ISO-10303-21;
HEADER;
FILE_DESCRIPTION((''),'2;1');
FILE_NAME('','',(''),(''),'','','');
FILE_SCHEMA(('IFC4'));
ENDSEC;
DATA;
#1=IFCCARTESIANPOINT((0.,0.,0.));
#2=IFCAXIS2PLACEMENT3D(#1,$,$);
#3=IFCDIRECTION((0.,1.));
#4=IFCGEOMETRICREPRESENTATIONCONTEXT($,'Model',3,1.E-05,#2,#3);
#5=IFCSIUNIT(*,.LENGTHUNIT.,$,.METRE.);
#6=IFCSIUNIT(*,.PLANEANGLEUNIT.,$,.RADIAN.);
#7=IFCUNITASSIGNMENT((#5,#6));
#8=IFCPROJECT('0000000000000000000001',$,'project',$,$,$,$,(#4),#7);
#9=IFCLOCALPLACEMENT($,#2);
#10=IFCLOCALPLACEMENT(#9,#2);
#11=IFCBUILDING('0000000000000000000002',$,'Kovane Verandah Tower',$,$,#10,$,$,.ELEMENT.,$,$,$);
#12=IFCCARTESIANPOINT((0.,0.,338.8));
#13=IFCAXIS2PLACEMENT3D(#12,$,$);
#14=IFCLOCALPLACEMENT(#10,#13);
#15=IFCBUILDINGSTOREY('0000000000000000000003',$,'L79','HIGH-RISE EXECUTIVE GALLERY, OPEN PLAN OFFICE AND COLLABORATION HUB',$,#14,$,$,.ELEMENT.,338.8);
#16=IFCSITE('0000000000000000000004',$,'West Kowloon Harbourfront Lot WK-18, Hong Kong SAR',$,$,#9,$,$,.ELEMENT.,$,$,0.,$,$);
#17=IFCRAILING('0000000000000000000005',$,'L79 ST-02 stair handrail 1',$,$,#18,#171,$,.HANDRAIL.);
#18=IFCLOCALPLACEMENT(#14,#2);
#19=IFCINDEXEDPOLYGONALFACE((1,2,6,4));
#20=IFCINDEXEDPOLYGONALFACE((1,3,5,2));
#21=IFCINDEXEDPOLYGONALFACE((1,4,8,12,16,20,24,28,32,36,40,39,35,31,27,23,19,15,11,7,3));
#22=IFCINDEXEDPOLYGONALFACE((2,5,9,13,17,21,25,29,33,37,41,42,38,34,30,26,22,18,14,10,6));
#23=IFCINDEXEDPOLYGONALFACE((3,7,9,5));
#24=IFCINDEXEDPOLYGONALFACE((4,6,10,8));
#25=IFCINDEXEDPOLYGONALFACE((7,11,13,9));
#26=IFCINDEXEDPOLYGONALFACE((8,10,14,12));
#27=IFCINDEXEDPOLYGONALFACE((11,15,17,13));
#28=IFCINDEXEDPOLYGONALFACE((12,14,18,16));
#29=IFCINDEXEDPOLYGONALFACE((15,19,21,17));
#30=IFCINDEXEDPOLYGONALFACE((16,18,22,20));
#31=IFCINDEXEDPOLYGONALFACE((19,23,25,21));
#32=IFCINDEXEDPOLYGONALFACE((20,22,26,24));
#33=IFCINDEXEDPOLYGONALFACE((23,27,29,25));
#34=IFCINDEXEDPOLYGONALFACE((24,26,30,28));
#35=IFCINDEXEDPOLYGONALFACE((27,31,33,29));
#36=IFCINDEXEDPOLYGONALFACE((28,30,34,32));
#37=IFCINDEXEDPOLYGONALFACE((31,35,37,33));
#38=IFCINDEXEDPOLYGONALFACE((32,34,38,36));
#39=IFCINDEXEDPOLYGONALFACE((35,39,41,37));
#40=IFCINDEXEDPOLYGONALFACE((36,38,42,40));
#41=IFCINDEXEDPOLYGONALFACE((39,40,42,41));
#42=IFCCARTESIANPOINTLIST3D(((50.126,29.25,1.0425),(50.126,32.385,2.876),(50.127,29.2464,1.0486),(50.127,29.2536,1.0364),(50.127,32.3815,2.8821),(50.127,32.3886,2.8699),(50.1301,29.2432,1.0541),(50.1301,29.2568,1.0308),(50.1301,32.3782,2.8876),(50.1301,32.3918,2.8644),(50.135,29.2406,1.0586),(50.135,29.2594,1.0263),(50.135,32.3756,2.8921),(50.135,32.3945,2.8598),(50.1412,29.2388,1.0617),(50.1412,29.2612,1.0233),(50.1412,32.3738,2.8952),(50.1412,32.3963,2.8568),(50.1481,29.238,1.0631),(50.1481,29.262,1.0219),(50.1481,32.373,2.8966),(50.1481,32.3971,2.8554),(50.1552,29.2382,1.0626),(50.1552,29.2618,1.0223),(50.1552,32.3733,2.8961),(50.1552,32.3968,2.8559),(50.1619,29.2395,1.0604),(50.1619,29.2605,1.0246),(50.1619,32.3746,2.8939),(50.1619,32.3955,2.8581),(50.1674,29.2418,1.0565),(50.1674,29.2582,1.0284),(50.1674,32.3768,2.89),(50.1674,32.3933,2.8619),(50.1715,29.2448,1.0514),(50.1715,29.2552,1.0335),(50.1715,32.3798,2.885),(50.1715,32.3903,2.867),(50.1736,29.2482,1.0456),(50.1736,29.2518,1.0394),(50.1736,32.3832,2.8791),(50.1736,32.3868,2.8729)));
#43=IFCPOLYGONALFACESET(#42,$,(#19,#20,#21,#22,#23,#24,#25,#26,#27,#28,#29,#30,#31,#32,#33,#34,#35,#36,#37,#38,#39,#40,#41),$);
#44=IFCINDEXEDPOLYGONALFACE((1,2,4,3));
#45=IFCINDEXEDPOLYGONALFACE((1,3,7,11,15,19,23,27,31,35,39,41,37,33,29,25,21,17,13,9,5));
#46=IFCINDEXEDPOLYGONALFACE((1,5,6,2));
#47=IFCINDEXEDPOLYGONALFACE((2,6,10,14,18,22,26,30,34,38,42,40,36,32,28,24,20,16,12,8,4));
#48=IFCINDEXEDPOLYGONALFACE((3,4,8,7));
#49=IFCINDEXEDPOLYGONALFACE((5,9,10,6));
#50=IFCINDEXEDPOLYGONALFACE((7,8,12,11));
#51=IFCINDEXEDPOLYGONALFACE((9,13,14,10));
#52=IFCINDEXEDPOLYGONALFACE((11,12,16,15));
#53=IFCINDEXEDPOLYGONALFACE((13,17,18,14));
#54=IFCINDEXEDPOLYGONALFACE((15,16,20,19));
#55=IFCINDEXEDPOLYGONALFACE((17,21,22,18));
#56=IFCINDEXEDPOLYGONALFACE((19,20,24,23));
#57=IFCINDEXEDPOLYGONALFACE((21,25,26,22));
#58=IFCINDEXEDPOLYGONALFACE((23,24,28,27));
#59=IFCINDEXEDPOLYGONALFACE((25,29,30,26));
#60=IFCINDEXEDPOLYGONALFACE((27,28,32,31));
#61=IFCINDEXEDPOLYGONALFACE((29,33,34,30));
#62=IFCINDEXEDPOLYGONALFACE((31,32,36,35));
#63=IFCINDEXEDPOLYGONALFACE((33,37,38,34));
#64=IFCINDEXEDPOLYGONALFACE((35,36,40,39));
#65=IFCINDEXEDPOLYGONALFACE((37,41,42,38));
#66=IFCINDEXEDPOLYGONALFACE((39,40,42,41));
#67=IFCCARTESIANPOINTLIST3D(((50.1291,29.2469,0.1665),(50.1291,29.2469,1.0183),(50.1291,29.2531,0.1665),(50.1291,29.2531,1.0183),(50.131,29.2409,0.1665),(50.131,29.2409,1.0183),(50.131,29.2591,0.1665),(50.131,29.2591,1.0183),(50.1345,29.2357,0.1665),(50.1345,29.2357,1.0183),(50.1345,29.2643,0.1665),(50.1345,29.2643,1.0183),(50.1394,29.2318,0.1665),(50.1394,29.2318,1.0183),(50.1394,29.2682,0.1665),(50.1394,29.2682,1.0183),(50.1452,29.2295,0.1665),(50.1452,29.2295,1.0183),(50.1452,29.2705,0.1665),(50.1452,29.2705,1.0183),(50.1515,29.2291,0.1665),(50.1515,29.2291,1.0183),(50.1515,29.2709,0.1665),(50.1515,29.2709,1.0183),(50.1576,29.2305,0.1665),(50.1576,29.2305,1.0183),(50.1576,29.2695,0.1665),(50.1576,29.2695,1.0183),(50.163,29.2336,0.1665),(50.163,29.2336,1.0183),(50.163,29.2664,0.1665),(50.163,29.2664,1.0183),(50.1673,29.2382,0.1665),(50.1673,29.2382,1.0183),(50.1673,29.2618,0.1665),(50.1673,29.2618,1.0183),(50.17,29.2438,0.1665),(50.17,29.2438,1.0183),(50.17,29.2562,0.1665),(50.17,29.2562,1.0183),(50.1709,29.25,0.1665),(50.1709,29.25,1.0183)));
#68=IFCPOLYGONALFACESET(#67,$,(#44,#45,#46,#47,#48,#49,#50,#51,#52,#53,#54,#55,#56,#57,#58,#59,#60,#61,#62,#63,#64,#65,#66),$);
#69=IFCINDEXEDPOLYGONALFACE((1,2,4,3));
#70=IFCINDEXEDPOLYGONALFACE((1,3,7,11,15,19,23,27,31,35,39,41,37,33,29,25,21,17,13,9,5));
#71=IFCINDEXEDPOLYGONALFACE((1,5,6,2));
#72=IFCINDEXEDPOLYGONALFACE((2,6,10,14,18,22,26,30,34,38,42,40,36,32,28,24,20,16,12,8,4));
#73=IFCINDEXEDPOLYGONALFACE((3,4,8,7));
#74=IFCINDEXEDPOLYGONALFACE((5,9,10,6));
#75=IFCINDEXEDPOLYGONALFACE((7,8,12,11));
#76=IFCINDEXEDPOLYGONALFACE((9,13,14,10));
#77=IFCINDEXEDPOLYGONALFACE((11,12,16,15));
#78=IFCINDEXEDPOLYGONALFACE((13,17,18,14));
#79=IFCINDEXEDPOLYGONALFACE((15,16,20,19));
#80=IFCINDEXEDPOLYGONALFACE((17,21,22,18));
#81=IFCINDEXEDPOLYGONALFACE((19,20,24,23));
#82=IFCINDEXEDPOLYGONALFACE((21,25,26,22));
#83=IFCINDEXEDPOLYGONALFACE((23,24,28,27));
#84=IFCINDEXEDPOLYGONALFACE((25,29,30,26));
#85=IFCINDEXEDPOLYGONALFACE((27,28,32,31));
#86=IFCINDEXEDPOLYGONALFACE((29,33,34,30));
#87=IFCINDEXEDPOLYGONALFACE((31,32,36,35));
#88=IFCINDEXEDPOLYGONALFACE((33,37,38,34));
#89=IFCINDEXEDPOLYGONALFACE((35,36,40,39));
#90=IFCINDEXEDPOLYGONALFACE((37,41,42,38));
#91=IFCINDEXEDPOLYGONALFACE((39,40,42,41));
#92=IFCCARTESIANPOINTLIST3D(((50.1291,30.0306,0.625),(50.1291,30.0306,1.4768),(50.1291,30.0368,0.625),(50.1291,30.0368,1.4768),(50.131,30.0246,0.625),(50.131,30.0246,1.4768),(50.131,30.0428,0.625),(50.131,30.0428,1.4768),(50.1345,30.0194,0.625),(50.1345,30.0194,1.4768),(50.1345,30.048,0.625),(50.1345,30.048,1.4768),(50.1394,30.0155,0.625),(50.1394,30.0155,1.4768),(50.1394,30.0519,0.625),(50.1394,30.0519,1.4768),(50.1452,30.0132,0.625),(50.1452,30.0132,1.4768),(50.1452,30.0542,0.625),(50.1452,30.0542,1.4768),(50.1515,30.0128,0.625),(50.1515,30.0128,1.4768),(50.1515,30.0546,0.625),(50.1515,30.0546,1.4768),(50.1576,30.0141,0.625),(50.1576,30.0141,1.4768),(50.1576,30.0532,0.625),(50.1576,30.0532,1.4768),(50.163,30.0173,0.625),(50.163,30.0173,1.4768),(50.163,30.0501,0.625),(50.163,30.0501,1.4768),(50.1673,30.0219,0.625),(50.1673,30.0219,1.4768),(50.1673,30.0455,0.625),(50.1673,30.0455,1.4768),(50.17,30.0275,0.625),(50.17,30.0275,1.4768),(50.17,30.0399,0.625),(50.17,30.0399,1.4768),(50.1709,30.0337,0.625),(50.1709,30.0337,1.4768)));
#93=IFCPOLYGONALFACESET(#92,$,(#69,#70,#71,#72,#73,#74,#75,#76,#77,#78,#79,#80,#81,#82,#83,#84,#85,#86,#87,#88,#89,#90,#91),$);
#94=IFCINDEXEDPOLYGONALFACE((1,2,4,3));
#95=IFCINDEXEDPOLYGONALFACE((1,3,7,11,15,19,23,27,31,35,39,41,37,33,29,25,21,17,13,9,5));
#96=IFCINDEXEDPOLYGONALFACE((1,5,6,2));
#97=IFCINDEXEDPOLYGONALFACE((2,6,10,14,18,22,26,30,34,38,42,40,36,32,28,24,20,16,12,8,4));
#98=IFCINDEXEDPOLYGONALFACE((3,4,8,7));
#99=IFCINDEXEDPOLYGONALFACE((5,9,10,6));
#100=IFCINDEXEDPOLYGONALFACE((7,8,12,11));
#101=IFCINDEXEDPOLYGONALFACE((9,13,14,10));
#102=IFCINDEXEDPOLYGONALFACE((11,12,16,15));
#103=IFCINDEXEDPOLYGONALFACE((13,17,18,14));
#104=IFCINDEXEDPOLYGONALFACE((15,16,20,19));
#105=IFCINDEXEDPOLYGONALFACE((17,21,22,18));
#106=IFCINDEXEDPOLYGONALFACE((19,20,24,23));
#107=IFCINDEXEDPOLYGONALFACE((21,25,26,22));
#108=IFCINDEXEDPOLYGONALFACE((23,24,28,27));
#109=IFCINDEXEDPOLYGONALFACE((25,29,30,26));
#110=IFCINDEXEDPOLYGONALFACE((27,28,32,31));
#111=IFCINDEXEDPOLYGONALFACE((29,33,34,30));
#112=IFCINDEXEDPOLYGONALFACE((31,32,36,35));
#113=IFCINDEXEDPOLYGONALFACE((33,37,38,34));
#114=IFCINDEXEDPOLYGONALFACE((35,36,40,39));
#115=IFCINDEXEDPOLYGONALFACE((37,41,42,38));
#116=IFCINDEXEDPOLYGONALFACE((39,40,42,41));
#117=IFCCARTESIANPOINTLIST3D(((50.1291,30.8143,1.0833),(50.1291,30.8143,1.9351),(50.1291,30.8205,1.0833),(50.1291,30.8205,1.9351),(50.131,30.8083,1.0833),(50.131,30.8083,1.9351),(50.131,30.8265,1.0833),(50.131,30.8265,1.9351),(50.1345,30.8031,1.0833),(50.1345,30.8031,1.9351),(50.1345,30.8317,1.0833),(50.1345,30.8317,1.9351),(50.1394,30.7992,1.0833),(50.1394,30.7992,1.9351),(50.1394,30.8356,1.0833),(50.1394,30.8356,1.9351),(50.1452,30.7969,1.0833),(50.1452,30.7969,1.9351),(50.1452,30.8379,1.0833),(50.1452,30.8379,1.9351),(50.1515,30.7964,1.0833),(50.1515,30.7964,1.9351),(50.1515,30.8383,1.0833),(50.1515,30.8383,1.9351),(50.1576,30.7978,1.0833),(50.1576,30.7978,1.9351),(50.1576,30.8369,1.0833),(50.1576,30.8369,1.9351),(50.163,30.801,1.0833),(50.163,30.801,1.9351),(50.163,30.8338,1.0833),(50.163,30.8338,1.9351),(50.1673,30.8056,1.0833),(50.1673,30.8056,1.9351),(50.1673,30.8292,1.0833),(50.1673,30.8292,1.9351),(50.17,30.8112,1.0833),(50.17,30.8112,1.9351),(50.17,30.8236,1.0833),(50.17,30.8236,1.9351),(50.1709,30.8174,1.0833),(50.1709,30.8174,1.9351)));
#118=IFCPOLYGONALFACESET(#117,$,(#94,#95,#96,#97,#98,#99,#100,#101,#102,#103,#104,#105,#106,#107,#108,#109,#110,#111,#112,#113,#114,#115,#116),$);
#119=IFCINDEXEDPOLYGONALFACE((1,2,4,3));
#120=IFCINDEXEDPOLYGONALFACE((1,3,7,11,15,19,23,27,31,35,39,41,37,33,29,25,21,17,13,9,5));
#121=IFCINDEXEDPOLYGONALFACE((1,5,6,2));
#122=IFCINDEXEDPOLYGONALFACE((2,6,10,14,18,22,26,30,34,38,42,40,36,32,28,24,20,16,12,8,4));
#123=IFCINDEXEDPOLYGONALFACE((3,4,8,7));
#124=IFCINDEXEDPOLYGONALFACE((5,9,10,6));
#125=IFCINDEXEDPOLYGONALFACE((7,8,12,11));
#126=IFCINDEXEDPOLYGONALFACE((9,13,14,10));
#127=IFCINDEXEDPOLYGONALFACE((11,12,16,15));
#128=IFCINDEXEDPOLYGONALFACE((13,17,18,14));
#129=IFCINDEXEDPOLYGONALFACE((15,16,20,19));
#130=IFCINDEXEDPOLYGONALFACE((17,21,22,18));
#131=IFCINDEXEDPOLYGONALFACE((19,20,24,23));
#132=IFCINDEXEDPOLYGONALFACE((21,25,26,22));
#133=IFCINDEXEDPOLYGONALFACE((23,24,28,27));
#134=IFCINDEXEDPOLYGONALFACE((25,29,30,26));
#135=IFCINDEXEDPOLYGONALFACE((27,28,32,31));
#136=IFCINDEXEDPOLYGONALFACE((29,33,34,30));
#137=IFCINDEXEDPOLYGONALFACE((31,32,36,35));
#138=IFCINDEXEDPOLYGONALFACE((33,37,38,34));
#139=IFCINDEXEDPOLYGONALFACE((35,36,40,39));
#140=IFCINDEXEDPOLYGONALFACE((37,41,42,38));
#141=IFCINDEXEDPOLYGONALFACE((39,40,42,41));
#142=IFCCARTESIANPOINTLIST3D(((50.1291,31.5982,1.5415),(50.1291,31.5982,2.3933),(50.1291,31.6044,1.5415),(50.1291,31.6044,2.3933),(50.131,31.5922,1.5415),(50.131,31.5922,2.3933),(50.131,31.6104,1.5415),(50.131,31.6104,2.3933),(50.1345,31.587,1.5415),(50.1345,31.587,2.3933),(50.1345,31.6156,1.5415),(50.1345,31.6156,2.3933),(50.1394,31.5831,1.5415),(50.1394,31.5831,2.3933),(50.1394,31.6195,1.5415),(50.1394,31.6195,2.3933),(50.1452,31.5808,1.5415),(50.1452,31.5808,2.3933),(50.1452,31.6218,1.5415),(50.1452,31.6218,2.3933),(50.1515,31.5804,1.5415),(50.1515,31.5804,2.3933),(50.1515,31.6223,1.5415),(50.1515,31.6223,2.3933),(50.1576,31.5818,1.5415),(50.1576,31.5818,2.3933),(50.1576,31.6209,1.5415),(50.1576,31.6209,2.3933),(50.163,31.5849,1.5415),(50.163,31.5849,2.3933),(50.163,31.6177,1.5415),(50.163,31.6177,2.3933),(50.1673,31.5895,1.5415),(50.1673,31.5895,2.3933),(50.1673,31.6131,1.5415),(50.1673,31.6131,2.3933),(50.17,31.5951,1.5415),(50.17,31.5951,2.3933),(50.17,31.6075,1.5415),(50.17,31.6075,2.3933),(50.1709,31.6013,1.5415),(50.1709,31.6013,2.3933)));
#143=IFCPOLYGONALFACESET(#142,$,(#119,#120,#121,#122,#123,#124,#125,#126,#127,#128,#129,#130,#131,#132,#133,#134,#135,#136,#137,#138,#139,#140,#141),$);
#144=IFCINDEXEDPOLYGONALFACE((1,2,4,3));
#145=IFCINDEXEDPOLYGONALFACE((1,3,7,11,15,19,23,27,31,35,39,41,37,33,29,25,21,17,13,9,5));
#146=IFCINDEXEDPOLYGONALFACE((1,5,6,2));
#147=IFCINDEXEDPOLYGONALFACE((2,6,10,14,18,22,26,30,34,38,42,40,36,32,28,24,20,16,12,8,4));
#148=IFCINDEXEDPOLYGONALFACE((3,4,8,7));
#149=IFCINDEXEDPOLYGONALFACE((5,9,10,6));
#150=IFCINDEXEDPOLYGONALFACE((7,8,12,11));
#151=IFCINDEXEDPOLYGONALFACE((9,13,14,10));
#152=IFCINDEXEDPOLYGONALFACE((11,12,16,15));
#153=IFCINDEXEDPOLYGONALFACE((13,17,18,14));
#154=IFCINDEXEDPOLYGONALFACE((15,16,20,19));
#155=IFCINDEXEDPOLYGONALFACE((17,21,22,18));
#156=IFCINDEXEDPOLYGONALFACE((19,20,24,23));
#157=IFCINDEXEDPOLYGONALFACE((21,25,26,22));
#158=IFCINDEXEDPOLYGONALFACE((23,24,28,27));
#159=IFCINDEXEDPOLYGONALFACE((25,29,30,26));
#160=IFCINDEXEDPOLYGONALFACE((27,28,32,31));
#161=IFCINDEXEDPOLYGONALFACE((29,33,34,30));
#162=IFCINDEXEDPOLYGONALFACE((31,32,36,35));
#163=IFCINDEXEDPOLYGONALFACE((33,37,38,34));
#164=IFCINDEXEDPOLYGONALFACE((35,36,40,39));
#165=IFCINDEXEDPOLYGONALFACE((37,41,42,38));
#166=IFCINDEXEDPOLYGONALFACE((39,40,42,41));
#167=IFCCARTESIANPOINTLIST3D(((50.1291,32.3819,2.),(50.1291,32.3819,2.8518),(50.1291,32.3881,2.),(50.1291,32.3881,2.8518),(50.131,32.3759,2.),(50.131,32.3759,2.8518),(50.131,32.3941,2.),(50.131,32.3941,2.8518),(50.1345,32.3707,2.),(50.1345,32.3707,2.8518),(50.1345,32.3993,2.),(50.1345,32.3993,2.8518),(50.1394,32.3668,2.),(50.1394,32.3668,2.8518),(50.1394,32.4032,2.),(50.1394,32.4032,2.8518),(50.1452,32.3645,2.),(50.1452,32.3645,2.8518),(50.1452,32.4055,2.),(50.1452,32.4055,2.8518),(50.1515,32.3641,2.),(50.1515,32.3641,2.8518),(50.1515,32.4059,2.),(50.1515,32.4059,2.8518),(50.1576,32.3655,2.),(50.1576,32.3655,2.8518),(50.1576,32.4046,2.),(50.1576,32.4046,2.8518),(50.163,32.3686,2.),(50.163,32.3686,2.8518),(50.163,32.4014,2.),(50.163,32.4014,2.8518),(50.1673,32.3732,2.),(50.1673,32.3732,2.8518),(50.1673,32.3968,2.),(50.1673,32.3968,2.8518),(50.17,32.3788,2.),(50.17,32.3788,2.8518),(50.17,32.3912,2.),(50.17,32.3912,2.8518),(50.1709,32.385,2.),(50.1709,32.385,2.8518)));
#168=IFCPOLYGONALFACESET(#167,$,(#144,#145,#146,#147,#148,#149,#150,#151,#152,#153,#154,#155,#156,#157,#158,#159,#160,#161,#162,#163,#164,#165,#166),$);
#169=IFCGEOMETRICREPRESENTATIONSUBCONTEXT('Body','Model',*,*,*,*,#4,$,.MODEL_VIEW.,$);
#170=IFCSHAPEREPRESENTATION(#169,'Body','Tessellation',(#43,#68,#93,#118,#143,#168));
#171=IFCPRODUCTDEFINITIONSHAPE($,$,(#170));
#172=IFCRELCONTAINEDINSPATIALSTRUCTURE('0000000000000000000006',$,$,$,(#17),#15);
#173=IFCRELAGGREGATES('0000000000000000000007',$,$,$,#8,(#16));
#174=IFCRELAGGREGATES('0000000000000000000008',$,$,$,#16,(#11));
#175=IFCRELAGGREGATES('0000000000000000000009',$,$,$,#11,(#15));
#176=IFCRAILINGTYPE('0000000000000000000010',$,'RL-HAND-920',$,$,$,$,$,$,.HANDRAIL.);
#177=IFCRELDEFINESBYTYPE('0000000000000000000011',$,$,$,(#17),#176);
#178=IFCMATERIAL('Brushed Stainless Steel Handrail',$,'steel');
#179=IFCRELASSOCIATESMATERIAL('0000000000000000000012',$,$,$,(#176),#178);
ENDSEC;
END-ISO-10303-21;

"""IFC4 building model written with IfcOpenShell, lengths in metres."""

from ifc_helpers import new_model, si_unit, direction, frame, origin, origin_2d, place, context, subcontext, project, spatial, circle, extrude, material, type_object, element, save


model = new_model("IFC4")

# Units and contexts
model_context = context("Model", 3, precision=1e-05, world=origin(), true_north=direction((0.0, 1.0)))
body_context = subcontext(model_context, "Body", "Model", "MODEL_VIEW")
ifc_project = project(units=[si_unit("LENGTHUNIT", "METRE"), si_unit("PLANEANGLEUNIT", "RADIAN")], contexts=[model_context])

# Site, building, storey
site_placement = place(None, origin())
site = spatial("IfcSite", under=ifc_project, at=site_placement, Name="West Kowloon Harbourfront Lot WK-18, Hong Kong SAR", CompositionType="ELEMENT", RefElevation=0.0)
building_placement = place(site_placement, origin())
building = spatial("IfcBuilding", under=site, at=building_placement, Name="Kovane Verandah Tower", CompositionType="ELEMENT")
storey_placement = place(building_placement, frame((0.0, 0.0, 338.8)))
storey = spatial("IfcBuildingStorey", under=building, at=storey_placement, Name="L79", Description="HIGH-RISE EXECUTIVE GALLERY, OPEN PLAN OFFICE AND COLLABORATION HUB", CompositionType="ELEMENT", Elevation=338.8)

# Railing
ifc_material_1 = material(Name="Brushed Stainless Steel Handrail", Category="steel")
railing_type_1 = type_object("IfcRailingType", Name="RL-HAND-920", PredefinedType="HANDRAIL", material=ifc_material_1)
railing_1_placement = place(storey_placement, frame((50.1499, 29.25, 0.1665)))
element("IfcRailing", 1, at=railing_1_placement, inside=storey, type_object=railing_type_1, Name="L79 ST-02 stair handrail 1", PredefinedType="HANDRAIL", context=body_context, shape_type="SweptSolid", body=[
    extrude(circle(Radius=0.0239, at=origin_2d()), frame((0.0, 0.0, 0.876), z_axis=(0.0, 0.86321, 0.504845), x_axis=(-1.0, 0.0, 0.0)), (0.0, 0.0, 1.0), 3.6318),
    extrude(circle(Radius=0.021, at=origin_2d()), origin(), (0.0, 0.0, 1.0), 0.8518),
    extrude(circle(Radius=0.021, at=origin_2d()), frame((0.0, 0.7837, 0.4585)), (0.0, 0.0, 1.0), 0.8518),
    extrude(circle(Radius=0.021, at=origin_2d()), frame((0.0, 1.5674, 0.9167)), (0.0, 0.0, 1.0), 0.8518),
    extrude(circle(Radius=0.021, at=origin_2d()), frame((0.0, 2.3513, 1.375)), (0.0, 0.0, 1.0), 0.8518),
    extrude(circle(Radius=0.021, at=origin_2d()), frame((0.0, 3.135, 1.8335)), (0.0, 0.0, 1.0), 0.8518),
])

save(model, "model.ifc")
